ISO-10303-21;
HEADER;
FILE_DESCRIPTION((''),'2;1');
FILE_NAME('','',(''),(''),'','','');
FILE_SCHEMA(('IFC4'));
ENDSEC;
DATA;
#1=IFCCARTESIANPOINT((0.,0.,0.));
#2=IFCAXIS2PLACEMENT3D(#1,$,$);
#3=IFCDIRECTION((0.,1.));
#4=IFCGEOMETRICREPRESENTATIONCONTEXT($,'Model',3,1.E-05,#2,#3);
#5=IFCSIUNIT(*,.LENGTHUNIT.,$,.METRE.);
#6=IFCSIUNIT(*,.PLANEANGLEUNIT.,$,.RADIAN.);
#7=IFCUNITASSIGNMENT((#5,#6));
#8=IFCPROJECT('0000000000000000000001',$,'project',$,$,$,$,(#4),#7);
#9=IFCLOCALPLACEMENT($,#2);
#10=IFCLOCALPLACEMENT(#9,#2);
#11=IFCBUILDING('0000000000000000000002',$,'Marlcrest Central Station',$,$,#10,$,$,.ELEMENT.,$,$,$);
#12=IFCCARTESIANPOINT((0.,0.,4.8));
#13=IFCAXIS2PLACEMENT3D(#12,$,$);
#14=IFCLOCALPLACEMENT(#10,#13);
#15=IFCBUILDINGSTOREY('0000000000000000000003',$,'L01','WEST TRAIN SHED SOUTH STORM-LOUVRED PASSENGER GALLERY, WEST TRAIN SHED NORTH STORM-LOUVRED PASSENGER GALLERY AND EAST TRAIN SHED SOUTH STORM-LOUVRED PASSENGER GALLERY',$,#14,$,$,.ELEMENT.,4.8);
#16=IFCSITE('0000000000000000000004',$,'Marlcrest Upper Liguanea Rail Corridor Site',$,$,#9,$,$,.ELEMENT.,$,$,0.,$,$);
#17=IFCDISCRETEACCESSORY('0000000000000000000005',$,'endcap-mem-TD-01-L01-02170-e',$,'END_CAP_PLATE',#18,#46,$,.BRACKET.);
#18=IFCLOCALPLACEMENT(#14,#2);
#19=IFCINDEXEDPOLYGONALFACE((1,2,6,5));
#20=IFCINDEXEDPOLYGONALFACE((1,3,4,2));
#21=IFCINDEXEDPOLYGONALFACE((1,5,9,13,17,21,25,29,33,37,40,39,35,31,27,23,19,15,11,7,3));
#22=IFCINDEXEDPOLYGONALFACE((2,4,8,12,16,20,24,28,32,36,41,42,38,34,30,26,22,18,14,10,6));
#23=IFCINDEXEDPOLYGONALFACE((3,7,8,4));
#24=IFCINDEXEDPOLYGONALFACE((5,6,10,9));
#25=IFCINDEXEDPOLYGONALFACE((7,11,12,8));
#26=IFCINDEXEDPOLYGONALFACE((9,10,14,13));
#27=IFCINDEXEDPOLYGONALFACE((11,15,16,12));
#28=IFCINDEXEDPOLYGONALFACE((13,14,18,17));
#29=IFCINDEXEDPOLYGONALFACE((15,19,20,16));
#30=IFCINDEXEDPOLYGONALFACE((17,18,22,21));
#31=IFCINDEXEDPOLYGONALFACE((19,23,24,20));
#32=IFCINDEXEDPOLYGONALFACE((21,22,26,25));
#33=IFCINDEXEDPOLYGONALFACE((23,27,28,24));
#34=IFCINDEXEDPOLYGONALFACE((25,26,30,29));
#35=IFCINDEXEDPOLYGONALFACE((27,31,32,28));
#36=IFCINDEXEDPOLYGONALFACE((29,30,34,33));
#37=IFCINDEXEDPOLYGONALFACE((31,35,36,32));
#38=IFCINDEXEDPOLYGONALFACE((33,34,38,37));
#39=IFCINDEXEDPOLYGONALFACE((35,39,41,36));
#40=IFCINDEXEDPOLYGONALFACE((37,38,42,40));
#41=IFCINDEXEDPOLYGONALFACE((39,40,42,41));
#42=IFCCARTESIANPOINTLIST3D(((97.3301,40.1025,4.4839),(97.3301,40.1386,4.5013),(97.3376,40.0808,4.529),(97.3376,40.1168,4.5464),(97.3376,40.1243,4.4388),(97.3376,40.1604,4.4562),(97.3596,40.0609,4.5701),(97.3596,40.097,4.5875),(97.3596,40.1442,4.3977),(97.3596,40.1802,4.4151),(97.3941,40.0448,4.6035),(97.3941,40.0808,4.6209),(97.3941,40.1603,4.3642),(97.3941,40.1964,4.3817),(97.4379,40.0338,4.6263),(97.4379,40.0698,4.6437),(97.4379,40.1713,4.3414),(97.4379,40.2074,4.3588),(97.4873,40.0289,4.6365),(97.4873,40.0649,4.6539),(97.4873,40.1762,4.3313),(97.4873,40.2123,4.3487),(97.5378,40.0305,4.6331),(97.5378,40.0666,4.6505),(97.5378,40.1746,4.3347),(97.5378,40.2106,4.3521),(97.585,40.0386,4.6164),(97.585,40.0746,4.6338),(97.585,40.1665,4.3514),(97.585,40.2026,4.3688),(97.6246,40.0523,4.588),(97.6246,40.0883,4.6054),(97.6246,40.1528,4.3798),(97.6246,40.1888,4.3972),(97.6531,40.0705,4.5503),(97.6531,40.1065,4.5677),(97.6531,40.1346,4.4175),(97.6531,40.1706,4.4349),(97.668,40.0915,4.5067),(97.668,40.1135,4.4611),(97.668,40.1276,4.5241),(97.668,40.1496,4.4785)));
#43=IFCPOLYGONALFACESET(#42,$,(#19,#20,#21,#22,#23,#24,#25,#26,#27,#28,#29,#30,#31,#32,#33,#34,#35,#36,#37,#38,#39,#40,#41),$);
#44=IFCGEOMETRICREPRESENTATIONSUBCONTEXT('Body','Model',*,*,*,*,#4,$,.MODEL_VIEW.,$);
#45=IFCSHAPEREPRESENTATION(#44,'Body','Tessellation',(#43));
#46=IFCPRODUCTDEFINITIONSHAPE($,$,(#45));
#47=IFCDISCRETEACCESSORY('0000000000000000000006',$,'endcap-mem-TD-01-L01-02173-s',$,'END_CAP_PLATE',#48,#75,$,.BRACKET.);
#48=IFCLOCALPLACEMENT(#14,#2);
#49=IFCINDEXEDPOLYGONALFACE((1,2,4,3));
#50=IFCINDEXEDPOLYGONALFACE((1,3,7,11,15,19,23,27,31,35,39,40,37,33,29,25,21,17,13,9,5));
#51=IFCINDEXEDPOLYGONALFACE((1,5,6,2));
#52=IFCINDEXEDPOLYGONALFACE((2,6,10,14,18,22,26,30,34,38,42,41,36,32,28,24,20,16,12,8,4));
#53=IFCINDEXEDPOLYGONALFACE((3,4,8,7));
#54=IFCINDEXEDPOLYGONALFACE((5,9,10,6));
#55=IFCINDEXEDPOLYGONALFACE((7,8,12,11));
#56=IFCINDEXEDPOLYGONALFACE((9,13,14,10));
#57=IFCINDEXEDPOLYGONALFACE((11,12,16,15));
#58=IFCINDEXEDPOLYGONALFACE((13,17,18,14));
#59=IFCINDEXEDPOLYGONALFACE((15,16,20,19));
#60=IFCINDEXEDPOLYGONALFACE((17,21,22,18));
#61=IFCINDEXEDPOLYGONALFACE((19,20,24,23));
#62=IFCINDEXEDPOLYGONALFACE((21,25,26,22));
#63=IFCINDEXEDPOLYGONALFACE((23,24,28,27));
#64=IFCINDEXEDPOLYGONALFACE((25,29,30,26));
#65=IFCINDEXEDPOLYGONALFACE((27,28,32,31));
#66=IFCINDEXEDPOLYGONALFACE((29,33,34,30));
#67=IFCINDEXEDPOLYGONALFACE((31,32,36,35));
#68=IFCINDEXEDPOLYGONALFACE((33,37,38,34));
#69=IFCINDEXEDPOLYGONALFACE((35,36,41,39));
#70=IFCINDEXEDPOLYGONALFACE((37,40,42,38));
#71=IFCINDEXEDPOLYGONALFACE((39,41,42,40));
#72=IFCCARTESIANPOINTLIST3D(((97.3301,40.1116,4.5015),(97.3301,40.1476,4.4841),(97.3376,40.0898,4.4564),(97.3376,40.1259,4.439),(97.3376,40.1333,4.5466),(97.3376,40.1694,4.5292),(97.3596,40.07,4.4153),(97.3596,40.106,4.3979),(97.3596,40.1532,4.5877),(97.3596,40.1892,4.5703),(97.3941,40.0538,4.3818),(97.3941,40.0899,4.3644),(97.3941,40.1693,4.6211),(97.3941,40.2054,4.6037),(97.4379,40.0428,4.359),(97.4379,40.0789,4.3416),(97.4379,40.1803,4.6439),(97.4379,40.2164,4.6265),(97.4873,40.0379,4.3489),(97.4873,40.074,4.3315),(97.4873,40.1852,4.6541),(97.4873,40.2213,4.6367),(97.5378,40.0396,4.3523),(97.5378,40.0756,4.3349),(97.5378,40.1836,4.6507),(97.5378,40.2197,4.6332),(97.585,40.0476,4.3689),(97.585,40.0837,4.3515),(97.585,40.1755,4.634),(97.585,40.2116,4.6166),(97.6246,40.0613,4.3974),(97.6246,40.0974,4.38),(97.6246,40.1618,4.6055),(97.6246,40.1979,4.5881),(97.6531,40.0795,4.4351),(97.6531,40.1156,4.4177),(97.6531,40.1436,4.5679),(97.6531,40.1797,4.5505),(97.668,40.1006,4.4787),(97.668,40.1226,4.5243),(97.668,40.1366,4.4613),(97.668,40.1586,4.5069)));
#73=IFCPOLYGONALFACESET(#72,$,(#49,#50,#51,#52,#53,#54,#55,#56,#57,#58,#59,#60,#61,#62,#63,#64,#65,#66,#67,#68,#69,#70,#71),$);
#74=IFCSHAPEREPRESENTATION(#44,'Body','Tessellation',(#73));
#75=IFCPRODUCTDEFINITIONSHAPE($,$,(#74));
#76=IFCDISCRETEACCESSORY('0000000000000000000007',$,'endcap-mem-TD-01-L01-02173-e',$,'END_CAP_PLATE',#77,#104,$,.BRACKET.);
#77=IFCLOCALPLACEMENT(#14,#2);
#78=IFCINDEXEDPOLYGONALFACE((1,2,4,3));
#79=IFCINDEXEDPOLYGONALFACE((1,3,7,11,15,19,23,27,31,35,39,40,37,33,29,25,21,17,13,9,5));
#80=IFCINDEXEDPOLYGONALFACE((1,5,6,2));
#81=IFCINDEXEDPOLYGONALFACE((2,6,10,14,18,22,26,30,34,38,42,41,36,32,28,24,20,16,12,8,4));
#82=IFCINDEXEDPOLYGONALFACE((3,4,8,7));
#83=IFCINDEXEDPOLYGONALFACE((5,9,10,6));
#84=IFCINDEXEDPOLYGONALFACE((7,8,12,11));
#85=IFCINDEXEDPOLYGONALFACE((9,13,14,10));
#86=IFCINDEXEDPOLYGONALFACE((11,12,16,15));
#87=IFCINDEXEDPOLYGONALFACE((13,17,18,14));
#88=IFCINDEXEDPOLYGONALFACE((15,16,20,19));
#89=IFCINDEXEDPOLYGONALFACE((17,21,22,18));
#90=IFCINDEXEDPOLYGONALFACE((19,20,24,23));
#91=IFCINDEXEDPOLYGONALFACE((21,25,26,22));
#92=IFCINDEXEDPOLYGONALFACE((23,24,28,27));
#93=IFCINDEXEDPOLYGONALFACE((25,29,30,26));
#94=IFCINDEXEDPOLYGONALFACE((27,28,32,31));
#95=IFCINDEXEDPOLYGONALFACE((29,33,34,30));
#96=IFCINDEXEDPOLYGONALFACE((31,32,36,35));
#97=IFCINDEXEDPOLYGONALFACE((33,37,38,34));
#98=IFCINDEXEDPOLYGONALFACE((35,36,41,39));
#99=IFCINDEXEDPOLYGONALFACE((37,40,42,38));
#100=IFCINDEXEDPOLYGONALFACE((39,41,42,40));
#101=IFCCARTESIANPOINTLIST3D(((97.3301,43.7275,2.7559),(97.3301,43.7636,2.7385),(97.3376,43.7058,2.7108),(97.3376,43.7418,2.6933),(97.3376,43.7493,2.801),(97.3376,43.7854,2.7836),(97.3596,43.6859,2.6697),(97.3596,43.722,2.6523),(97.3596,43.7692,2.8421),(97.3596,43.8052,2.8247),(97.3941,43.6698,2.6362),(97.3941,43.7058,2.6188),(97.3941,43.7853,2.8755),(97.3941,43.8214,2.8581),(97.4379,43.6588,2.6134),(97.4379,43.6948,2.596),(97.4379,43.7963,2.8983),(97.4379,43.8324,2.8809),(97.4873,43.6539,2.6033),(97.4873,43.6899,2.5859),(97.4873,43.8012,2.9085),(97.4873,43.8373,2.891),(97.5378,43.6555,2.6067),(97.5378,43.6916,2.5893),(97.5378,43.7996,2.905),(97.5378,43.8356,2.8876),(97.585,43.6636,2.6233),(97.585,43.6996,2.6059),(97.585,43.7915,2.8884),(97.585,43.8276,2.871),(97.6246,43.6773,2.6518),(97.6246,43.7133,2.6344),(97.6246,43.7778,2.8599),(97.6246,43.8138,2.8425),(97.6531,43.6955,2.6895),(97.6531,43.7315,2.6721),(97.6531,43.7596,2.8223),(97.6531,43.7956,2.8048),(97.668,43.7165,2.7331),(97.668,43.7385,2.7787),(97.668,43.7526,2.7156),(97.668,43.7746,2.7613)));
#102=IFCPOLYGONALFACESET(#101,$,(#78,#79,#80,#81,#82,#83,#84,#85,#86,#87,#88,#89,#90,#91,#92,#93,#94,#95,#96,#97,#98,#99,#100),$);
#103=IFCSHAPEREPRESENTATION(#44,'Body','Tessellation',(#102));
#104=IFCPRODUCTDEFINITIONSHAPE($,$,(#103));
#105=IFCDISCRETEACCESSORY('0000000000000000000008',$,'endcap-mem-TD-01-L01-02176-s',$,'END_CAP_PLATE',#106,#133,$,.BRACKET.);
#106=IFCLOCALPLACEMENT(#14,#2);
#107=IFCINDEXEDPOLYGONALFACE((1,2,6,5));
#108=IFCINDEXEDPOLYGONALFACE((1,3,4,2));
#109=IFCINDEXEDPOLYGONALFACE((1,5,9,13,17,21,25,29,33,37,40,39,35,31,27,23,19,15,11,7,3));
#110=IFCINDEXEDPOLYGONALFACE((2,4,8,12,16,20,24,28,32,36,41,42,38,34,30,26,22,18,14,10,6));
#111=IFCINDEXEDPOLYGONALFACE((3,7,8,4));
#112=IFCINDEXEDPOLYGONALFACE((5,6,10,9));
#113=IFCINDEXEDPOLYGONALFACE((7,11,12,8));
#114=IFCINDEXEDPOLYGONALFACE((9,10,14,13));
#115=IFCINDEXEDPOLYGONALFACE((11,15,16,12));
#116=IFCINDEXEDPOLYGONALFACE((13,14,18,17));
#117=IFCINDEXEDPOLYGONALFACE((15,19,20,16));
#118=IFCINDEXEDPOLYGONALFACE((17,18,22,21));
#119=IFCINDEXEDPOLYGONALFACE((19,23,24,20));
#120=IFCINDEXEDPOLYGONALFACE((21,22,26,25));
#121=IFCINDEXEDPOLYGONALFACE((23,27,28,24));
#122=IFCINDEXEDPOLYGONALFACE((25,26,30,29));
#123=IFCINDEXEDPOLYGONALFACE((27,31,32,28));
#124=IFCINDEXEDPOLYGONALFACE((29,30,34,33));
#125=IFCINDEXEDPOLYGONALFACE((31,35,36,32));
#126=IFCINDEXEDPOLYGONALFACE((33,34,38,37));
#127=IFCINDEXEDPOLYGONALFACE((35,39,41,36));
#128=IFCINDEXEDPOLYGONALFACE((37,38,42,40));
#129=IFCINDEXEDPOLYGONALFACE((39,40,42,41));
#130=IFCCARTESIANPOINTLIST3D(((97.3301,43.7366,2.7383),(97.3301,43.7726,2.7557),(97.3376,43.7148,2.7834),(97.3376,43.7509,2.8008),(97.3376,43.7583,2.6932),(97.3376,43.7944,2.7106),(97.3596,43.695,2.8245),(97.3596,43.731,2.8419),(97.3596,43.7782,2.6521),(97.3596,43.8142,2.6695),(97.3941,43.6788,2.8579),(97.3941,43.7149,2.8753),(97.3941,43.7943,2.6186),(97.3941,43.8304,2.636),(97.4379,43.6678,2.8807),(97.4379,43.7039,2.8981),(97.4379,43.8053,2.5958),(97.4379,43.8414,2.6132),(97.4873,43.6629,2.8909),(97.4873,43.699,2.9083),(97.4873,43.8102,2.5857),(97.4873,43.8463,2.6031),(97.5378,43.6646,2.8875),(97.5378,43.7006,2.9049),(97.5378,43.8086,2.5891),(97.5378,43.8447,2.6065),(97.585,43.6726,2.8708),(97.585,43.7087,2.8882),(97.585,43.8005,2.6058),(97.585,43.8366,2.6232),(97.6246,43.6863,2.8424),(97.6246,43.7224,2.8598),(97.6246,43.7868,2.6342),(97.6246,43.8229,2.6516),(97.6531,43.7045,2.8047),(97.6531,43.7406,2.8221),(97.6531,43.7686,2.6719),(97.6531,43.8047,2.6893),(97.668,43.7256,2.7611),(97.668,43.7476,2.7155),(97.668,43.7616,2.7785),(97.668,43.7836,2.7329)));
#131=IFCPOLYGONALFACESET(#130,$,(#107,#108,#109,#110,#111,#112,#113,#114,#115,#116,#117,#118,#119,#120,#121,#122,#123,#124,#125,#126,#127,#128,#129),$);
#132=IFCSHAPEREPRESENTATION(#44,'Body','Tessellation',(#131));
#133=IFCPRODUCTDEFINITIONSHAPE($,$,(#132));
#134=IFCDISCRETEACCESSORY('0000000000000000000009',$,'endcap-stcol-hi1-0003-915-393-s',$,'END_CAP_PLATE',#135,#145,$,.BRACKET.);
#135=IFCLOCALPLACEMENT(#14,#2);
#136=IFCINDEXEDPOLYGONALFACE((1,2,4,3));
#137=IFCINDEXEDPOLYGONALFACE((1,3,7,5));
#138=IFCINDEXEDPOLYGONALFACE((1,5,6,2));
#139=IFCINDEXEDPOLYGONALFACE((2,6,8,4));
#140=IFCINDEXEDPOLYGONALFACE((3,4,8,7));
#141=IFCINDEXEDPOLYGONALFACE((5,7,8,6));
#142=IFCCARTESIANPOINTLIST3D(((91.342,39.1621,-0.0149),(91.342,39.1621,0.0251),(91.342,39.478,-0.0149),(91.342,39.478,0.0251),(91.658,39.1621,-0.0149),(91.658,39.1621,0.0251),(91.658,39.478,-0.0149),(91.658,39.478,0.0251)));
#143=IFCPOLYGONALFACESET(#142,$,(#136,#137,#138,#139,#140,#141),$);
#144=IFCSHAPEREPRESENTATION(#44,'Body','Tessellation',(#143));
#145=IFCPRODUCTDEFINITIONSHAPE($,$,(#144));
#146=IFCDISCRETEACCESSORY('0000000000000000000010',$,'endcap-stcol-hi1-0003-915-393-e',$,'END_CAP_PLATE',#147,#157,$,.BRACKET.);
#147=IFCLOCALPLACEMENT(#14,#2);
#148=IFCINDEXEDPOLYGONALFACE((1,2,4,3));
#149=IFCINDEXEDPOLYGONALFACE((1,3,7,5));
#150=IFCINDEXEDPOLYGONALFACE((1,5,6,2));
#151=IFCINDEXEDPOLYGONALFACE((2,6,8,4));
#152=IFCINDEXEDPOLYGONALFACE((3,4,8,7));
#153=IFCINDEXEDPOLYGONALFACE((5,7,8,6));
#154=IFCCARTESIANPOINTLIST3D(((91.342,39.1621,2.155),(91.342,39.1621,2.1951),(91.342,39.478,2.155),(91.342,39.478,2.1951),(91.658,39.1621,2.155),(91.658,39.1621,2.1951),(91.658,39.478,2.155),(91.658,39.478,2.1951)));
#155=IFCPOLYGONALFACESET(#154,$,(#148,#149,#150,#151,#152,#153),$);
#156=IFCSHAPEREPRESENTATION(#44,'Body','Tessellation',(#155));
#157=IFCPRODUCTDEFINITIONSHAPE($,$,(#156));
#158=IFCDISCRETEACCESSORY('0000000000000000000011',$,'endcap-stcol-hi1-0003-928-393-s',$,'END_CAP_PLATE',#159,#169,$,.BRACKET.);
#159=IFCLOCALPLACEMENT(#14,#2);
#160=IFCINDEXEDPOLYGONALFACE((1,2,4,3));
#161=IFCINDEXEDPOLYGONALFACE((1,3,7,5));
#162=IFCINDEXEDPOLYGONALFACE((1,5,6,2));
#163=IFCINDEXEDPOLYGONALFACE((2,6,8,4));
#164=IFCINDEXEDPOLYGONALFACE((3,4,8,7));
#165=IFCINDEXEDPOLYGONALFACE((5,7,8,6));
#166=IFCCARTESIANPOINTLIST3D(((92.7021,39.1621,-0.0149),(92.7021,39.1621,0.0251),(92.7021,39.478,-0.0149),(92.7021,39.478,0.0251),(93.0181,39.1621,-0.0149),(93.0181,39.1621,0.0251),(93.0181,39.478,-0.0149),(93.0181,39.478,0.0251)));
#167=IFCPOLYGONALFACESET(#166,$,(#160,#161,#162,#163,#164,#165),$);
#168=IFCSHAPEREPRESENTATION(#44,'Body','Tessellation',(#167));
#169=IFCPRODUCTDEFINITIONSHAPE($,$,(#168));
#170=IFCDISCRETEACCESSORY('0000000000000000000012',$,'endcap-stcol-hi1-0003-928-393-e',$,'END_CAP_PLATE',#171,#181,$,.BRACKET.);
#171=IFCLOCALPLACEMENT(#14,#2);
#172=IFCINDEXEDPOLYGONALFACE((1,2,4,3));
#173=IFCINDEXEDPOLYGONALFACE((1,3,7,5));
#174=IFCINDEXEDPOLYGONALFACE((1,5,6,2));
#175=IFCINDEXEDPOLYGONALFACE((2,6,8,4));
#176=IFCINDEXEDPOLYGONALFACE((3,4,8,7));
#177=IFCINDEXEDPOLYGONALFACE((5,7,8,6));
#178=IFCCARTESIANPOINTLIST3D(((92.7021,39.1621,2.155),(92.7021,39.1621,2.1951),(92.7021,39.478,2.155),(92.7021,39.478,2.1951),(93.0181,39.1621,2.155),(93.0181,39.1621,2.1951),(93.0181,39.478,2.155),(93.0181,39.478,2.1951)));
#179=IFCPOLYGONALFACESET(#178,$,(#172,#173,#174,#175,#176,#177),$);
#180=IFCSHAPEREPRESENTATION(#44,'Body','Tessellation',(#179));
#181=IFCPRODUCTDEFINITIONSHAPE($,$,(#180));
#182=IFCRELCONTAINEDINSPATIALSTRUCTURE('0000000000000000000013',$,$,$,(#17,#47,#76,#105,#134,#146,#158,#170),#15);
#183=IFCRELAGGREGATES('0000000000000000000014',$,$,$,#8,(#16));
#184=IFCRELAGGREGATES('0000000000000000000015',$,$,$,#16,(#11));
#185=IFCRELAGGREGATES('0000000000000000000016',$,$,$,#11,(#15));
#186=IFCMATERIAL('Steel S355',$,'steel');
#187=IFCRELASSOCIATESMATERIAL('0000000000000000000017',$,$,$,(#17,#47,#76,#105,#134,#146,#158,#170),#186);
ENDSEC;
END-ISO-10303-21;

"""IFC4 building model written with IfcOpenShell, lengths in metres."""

from ifc_helpers import new_model, si_unit, direction, frame, origin, origin_2d, place, context, subcontext, project, spatial, rectangle, circle, extrude, material, element, save


model = new_model("IFC4")

# Units and contexts
model_context = context("Model", 3, precision=1e-05, world=origin(), true_north=direction((0.0, 1.0)))
body_context = subcontext(model_context, "Body", "Model", "MODEL_VIEW")
ifc_project = project(units=[si_unit("LENGTHUNIT", "METRE"), si_unit("PLANEANGLEUNIT", "RADIAN")], contexts=[model_context])

# Site, building, storey
site_placement = place(None, origin())
site = spatial("IfcSite", under=ifc_project, at=site_placement, Name="Marlcrest Upper Liguanea Rail Corridor Site", CompositionType="ELEMENT", RefElevation=0.0)
building_placement = place(site_placement, origin())
building = spatial("IfcBuilding", under=site, at=building_placement, Name="Marlcrest Central Station", CompositionType="ELEMENT")
storey_placement = place(building_placement, frame((0.0, 0.0, 4.8)))
storey = spatial("IfcBuildingStorey", under=building, at=storey_placement, Name="L01", Description="WEST TRAIN SHED SOUTH STORM-LOUVRED PASSENGER GALLERY, WEST TRAIN SHED NORTH STORM-LOUVRED PASSENGER GALLERY AND EAST TRAIN SHED SOUTH STORM-LOUVRED PASSENGER GALLERY", CompositionType="ELEMENT", Elevation=4.8)

# Shared definitions
ifc_material_1 = material(Name="Steel S355", Category="steel")

# Discrete accessories
for number, where, z_axis, x_axis, name in (
    (1, (97.5, 40.1025, 4.4839), (0.0, 0.900552, 0.434749), (-1.0, 0.0, 0.0), "endcap-mem-TD-01-L01-02170-e"),
    (2, (97.5, 40.1116, 4.5015), (0.0, 0.900552, -0.434749), (-1.0, 0.0, 0.0), "endcap-mem-TD-01-L01-02173-s"),
    (3, (97.5, 43.7275, 2.7559), (0.0, 0.900552, -0.434749), (-1.0, 0.0, 0.0), "endcap-mem-TD-01-L01-02173-e"),
    (4, (97.5, 43.7366, 2.7383), (0.0, 0.900552, 0.434749), (-1.0, 0.0, 0.0), "endcap-mem-TD-01-L01-02176-s"),
):
    element("IfcDiscreteAccessory", number, at=place(storey_placement, frame(where, z_axis=z_axis, x_axis=x_axis)), inside=storey, material=ifc_material_1, Name=name, ObjectType="END_CAP_PLATE", PredefinedType="BRACKET", context=body_context, shape_type="SweptSolid", body=[
        extrude(circle(Radius=0.1699, at=origin_2d()), origin(), (0.0, 0.0, 1.0), 0.04),
    ])
for number, where, z_axis, x_axis, name in (
    (5, (91.5, 39.3201, -0.0149), (0.0, 0.0, 1.0), (1.0, 0.0, 0.0), "endcap-stcol-hi1-0003-915-393-s"),
    (6, (91.5, 39.3201, 2.155), (0.0, 0.0, 1.0), (1.0, 0.0, 0.0), "endcap-stcol-hi1-0003-915-393-e"),
    (7, (92.8601, 39.3201, -0.0149), (0.0, 0.0, 1.0), (1.0, 0.0, 0.0), "endcap-stcol-hi1-0003-928-393-s"),
    (8, (92.8601, 39.3201, 2.155), (0.0, 0.0, 1.0), (1.0, 0.0, 0.0), "endcap-stcol-hi1-0003-928-393-e"),
):
    element("IfcDiscreteAccessory", number, at=place(storey_placement, frame(where, z_axis=z_axis, x_axis=x_axis)), inside=storey, material=ifc_material_1, Name=name, ObjectType="END_CAP_PLATE", PredefinedType="BRACKET", context=body_context, shape_type="SweptSolid", body=[
        extrude(rectangle(XDim=0.3159, YDim=0.3159, at=origin_2d()), origin(), (0.0, 0.0, 1.0), 0.04),
    ])

save(model, "model.ifc")
